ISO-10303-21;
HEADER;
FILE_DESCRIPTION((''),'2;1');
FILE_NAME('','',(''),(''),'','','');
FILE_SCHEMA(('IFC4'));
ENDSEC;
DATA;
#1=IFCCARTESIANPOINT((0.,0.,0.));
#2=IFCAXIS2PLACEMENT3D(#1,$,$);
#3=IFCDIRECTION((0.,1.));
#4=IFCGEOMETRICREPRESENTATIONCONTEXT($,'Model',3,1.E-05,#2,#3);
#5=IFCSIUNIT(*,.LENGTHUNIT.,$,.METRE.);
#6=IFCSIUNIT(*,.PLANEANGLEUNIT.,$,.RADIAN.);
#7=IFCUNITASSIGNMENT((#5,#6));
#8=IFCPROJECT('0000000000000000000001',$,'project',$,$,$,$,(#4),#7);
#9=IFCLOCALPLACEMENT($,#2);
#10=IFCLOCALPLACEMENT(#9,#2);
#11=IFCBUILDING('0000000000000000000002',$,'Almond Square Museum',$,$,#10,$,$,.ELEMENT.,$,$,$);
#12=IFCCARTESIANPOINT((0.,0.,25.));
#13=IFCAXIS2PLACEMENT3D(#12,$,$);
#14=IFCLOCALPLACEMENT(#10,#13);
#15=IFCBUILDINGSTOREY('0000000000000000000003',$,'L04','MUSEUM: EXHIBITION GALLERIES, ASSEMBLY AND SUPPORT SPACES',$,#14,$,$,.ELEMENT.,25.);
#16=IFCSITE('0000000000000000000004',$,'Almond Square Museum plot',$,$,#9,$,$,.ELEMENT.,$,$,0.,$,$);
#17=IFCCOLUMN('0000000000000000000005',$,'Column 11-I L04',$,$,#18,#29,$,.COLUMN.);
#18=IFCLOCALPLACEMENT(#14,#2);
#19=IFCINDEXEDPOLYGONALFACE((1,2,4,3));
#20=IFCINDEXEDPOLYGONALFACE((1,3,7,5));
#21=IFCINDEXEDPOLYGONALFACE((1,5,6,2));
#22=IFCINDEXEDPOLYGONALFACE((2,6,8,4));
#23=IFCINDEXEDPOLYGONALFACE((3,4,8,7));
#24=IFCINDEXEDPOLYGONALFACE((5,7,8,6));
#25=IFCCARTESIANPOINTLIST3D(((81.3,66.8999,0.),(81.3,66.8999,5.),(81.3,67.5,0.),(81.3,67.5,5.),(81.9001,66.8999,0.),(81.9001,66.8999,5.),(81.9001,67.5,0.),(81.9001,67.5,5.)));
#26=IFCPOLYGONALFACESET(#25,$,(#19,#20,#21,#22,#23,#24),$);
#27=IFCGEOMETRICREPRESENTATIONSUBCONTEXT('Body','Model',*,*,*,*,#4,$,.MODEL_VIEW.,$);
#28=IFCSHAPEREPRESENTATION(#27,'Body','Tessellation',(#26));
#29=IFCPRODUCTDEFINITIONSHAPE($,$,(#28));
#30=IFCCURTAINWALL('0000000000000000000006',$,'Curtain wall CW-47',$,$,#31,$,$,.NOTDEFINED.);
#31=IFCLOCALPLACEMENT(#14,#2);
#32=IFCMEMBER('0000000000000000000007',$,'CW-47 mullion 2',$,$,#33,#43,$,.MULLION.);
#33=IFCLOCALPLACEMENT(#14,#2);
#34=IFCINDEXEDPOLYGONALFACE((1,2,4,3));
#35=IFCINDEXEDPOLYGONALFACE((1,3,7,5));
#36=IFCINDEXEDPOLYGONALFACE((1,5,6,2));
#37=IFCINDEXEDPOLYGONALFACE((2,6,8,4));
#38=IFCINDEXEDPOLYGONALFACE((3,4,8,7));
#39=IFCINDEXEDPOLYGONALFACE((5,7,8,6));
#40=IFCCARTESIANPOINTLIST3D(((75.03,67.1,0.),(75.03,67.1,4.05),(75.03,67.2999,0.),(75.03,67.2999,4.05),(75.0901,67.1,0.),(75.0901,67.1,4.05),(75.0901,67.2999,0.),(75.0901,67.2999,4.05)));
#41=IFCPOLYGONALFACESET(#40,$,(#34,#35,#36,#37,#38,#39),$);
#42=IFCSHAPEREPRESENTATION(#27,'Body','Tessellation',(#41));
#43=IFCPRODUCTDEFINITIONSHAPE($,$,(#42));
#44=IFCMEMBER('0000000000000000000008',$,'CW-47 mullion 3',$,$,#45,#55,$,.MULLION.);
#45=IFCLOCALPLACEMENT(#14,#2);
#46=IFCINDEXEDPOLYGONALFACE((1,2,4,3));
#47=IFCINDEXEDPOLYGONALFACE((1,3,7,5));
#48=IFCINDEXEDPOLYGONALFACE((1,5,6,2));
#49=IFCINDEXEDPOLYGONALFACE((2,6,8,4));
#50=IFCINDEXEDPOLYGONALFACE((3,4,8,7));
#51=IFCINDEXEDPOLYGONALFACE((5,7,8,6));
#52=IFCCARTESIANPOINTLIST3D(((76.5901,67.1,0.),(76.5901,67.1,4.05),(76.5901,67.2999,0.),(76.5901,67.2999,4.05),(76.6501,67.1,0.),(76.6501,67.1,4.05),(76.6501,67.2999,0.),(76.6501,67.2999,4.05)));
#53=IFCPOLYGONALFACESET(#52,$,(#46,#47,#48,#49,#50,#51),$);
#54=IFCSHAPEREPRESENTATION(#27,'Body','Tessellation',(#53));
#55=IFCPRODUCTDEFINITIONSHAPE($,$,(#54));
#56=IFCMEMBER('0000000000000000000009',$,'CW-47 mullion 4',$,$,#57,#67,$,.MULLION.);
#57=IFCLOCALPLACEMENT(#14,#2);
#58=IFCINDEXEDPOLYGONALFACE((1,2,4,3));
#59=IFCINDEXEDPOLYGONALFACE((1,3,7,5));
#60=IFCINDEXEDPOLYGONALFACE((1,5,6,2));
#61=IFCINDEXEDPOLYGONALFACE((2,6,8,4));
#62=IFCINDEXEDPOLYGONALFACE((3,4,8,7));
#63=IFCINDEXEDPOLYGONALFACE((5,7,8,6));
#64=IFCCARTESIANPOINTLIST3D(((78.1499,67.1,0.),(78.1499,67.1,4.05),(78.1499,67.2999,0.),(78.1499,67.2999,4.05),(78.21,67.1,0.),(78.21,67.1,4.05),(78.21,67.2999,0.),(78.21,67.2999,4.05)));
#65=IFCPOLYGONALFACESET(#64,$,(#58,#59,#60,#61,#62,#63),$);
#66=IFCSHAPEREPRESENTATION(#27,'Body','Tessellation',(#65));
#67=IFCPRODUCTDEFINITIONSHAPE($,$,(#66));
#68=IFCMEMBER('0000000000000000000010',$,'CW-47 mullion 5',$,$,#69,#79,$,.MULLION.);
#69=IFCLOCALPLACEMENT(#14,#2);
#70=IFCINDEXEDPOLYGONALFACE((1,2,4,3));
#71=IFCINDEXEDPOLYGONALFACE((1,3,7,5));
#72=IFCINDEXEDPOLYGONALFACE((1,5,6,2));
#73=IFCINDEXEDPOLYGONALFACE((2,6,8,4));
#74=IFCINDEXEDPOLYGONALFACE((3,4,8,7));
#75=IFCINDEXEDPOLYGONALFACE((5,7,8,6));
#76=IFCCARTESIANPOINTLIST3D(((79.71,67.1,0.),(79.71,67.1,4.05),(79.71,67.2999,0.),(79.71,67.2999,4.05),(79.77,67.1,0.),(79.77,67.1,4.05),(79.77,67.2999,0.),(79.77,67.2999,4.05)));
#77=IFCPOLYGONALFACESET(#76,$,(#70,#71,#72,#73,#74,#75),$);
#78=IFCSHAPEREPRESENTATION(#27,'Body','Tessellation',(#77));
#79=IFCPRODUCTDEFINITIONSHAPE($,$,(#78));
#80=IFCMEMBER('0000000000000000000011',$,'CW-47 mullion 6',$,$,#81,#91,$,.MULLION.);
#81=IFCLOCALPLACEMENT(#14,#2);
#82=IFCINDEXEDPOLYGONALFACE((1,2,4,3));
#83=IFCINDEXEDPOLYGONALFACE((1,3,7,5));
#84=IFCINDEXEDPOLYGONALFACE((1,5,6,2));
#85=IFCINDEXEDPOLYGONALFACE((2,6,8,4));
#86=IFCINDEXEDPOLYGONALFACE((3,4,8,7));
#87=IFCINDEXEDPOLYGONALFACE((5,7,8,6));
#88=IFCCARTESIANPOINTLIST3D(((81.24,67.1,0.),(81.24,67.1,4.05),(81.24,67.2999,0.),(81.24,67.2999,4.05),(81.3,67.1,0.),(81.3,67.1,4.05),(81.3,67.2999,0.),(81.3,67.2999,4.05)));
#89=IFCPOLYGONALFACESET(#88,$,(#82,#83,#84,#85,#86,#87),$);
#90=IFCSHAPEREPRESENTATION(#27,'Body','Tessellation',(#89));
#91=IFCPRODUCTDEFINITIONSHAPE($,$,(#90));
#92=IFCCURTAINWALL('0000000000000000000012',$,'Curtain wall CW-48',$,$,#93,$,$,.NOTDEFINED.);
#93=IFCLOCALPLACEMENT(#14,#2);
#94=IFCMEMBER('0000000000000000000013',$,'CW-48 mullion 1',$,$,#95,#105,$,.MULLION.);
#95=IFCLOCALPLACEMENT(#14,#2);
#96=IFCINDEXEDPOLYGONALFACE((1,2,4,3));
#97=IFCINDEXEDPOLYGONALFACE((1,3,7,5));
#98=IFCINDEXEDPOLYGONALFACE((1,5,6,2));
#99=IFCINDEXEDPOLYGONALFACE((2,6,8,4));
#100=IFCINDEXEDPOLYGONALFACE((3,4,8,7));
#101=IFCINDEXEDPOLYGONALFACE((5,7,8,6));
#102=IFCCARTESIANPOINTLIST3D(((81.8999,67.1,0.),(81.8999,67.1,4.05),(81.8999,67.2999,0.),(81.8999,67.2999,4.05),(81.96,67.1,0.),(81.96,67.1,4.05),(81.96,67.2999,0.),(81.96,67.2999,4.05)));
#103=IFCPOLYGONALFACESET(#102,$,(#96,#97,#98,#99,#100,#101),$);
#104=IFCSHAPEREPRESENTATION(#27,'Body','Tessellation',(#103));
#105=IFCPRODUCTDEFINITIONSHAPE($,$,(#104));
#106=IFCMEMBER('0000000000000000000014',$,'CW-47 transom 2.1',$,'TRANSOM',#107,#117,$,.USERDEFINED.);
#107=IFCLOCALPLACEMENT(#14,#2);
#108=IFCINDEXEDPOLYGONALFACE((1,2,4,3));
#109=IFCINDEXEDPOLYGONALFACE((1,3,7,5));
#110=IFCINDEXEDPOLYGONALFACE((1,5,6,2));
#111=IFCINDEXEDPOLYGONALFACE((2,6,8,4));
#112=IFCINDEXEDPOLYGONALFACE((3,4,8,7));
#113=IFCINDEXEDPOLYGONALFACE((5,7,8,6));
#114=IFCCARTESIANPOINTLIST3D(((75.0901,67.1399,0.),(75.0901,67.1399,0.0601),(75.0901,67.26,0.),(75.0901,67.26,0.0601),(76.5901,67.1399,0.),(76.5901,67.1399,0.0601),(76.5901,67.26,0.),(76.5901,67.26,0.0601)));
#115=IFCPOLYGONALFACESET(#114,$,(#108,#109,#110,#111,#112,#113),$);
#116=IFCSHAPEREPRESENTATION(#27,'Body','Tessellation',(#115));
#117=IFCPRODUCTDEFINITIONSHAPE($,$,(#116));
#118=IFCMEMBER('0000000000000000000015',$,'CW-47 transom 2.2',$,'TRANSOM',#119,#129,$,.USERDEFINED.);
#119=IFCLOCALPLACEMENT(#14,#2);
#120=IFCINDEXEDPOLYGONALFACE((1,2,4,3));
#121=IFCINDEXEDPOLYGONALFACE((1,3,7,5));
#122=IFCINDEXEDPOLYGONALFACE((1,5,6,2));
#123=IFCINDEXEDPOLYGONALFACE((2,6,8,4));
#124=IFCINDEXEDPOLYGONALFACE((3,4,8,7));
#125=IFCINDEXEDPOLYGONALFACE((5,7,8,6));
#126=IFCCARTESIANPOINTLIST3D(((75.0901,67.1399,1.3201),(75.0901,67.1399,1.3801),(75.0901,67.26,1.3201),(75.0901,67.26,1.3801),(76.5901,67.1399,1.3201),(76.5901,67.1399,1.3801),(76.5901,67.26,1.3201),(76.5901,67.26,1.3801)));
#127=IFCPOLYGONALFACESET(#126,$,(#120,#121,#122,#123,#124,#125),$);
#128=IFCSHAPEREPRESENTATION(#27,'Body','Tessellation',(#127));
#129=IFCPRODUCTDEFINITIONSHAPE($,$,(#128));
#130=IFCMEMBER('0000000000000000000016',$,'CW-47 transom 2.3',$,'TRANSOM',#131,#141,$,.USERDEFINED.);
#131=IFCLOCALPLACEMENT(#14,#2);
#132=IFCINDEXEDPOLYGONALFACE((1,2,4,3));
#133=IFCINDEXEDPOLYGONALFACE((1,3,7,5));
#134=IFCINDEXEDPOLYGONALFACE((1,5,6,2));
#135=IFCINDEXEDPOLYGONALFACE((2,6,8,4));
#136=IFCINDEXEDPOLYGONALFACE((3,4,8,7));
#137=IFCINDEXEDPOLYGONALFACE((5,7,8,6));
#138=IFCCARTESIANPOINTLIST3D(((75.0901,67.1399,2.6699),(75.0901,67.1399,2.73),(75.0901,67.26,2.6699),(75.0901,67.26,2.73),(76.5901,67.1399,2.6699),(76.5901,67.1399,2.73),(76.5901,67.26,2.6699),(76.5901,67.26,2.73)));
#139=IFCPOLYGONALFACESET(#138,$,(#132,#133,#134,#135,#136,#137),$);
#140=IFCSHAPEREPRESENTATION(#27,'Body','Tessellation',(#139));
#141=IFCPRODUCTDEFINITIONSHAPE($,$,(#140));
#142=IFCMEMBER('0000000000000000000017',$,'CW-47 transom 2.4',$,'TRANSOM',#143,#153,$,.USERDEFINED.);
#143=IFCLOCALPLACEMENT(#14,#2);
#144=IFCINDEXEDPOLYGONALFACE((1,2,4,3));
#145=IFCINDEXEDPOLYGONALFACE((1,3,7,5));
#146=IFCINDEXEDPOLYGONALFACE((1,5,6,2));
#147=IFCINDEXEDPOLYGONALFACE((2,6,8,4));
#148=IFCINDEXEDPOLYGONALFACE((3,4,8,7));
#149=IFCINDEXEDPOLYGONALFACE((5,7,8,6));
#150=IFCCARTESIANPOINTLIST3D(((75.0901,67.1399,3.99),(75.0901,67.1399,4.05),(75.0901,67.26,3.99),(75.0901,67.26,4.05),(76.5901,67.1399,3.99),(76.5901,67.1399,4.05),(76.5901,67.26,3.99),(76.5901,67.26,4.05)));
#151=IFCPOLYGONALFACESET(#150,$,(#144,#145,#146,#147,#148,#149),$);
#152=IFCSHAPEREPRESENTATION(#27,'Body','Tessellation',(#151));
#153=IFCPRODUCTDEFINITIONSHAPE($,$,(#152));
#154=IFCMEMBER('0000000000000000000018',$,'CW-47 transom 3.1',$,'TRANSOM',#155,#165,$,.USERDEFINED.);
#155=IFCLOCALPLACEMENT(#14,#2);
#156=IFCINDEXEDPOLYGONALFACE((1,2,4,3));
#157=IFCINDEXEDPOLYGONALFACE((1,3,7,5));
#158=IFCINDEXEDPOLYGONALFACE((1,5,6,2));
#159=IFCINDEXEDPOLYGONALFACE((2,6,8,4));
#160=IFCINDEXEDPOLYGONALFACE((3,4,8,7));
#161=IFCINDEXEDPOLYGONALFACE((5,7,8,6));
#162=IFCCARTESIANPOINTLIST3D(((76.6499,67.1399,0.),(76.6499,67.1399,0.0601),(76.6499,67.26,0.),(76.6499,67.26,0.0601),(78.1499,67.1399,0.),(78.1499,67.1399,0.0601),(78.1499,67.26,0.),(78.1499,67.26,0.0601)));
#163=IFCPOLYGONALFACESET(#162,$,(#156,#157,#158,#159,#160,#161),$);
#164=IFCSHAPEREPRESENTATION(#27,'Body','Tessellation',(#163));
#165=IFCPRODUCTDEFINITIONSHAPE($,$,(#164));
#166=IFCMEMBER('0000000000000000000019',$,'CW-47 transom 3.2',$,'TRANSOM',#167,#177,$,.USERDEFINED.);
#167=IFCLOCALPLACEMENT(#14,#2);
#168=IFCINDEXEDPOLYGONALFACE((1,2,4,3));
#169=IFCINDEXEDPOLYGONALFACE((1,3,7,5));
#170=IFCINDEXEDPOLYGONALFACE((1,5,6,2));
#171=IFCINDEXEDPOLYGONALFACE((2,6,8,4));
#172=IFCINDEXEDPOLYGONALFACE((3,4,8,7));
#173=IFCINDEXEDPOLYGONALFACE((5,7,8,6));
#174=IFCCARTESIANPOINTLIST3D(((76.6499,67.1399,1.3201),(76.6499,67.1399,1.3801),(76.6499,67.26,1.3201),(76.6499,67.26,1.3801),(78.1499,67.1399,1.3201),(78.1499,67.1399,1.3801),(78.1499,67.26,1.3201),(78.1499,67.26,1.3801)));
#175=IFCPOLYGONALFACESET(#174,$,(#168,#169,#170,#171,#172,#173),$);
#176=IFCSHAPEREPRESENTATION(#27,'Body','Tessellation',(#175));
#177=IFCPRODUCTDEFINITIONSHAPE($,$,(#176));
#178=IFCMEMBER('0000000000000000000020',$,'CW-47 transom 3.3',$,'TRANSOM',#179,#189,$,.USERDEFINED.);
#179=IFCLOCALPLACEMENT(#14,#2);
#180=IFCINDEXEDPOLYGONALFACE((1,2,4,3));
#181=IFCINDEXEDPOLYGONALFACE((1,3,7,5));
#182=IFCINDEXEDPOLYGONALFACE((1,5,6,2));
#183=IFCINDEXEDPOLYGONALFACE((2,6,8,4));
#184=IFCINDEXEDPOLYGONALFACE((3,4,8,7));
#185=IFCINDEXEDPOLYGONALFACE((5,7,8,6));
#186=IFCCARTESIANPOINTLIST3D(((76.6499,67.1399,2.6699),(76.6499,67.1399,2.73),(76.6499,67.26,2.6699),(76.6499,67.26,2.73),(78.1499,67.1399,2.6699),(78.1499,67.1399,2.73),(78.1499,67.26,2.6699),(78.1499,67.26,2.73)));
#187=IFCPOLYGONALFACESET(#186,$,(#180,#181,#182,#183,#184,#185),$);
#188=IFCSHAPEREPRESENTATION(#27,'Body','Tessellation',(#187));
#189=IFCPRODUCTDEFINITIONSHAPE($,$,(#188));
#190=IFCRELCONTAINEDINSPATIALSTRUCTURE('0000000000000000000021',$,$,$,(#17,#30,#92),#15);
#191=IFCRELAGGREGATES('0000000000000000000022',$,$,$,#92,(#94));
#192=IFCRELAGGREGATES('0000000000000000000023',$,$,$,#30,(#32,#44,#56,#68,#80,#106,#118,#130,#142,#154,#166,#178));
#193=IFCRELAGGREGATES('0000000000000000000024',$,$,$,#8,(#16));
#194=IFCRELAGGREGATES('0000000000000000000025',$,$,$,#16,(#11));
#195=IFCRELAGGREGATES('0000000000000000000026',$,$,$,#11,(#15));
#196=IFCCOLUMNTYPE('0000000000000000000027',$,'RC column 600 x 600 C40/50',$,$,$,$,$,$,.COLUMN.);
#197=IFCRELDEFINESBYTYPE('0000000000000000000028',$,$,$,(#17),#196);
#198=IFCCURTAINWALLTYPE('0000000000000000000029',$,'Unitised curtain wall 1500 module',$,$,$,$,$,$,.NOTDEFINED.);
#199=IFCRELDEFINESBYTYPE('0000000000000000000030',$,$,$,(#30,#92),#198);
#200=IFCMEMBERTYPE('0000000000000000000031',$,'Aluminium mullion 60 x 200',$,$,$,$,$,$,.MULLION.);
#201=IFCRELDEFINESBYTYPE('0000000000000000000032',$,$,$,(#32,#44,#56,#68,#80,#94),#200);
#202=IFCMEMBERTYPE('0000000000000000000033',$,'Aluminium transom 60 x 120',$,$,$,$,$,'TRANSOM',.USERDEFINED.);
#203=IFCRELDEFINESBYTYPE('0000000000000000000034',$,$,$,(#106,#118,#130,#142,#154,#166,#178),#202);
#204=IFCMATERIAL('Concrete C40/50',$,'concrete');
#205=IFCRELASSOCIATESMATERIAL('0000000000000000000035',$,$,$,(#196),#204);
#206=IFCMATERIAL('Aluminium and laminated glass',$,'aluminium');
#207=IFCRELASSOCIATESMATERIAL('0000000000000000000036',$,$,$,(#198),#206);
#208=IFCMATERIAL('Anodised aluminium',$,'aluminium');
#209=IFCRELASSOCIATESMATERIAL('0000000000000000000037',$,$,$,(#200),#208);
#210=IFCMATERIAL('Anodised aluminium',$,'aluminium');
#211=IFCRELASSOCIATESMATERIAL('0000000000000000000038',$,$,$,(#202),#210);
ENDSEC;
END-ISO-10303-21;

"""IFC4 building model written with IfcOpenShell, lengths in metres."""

from ifc_helpers import new_model, si_unit, direction, frame, origin, origin_2d, place, context, subcontext, project, spatial, rectangle, extrude, material, material_profile, profile_set, type_object, element, aggregate, save


model = new_model("IFC4")

# Units and contexts
model_context = context("Model", 3, precision=1e-05, world=origin(), true_north=direction((0.0, 1.0)))
body_context = subcontext(model_context, "Body", "Model", "MODEL_VIEW")
ifc_project = project(units=[si_unit("LENGTHUNIT", "METRE"), si_unit("PLANEANGLEUNIT", "RADIAN")], contexts=[model_context])

# Site, building, storey
site_placement = place(None, origin())
site = spatial("IfcSite", under=ifc_project, at=site_placement, Name="Almond Square Museum plot", CompositionType="ELEMENT", RefElevation=0.0)
building_placement = place(site_placement, origin())
building = spatial("IfcBuilding", under=site, at=building_placement, Name="Almond Square Museum", CompositionType="ELEMENT")
storey_placement = place(building_placement, frame((0.0, 0.0, 25.0)))
storey = spatial("IfcBuildingStorey", under=building, at=storey_placement, Name="L04", Description="MUSEUM: EXHIBITION GALLERIES, ASSEMBLY AND SUPPORT SPACES", CompositionType="ELEMENT", Elevation=25.0)

# Column
ifc_material_1 = material(Name="Concrete C40/50", Category="concrete")
ifc_material_profile_1 = material_profile(ifc_material_1, rectangle(XDim=0.6001, YDim=0.6001, at=origin_2d()))
ifc_profile_set_1 = profile_set([ifc_material_profile_1], Name="Concrete C40/50")
column_type = type_object("IfcColumnType", Name="RC column 600 x 600 C40/50", PredefinedType="COLUMN", material=ifc_profile_set_1)
column_placement = place(storey_placement, frame((81.6001, 67.2, 0.0), z_axis=(0.0, 0.0, 1.0), x_axis=(1.0, 0.0, 0.0)))
element("IfcColumn", 1, at=column_placement, inside=storey, type_object=column_type, Name="Column 11-I L04", PredefinedType="COLUMN", context=body_context, shape_type="SweptSolid", body=[
    extrude(rectangle(XDim=0.6001, YDim=0.6001, at=origin_2d()), origin(), (0.0, 0.0, 1.0), 5.0),
])

# Curtain wall, members
ifc_material_2 = material(Name="Aluminium and laminated glass", Category="aluminium")
curtain_wall_type = type_object("IfcCurtainWallType", Name="Unitised curtain wall 1500 module", PredefinedType="NOTDEFINED", material=ifc_material_2)
curtain_wall_1_placement = place(storey_placement, origin())
curtain_wall_1 = element("IfcCurtainWall", 2, at=curtain_wall_1_placement, inside=storey, type_object=curtain_wall_type, Name="Curtain wall CW-47", PredefinedType="NOTDEFINED")
ifc_material_3 = material(Name="Anodised aluminium", Category="aluminium")
ifc_material_profile_2 = material_profile(ifc_material_3, rectangle(XDim=0.2, YDim=0.0601, at=origin_2d()))
ifc_profile_set_2 = profile_set([ifc_material_profile_2], Name="Anodised aluminium")
member_type_1 = type_object("IfcMemberType", Name="Aluminium mullion 60 x 200", PredefinedType="MULLION", material=ifc_profile_set_2)
member_1_placement = place(storey_placement, frame((75.0601, 67.2, 0.0), z_axis=(0.0, 0.0, 1.0), x_axis=(0.0, 1.0, 0.0)))
member_1 = element("IfcMember", 3, at=member_1_placement, type_object=member_type_1, Name="CW-47 mullion 2", PredefinedType="MULLION", context=body_context, shape_type="SweptSolid", body=[
    extrude(rectangle(XDim=0.2, YDim=0.0601, at=origin_2d()), origin(), (0.0, 0.0, 1.0), 4.05),
])
member_2_placement = place(storey_placement, frame((76.6201, 67.2, 0.0), z_axis=(0.0, 0.0, 1.0), x_axis=(0.0, 1.0, 0.0)))
member_2 = element("IfcMember", 4, at=member_2_placement, type_object=member_type_1, Name="CW-47 mullion 3", PredefinedType="MULLION", context=body_context, shape_type="SweptSolid", body=[
    extrude(rectangle(XDim=0.2, YDim=0.0601, at=origin_2d()), origin(), (0.0, 0.0, 1.0), 4.05),
])
member_3_placement = place(storey_placement, frame((78.1799, 67.2, 0.0), z_axis=(0.0, 0.0, 1.0), x_axis=(0.0, 1.0, 0.0)))
member_3 = element("IfcMember", 5, at=member_3_placement, type_object=member_type_1, Name="CW-47 mullion 4", PredefinedType="MULLION", context=body_context, shape_type="SweptSolid", body=[
    extrude(rectangle(XDim=0.2, YDim=0.0601, at=origin_2d()), origin(), (0.0, 0.0, 1.0), 4.05),
])
member_4_placement = place(storey_placement, frame((79.74, 67.2, 0.0), z_axis=(0.0, 0.0, 1.0), x_axis=(0.0, 1.0, 0.0)))
member_4 = element("IfcMember", 6, at=member_4_placement, type_object=member_type_1, Name="CW-47 mullion 5", PredefinedType="MULLION", context=body_context, shape_type="SweptSolid", body=[
    extrude(rectangle(XDim=0.2, YDim=0.0601, at=origin_2d()), origin(), (0.0, 0.0, 1.0), 4.05),
])
member_5_placement = place(storey_placement, frame((81.27, 67.2, 0.0), z_axis=(0.0, 0.0, 1.0), x_axis=(0.0, 1.0, 0.0)))
member_5 = element("IfcMember", 7, at=member_5_placement, type_object=member_type_1, Name="CW-47 mullion 6", PredefinedType="MULLION", context=body_context, shape_type="SweptSolid", body=[
    extrude(rectangle(XDim=0.2, YDim=0.0601, at=origin_2d()), origin(), (0.0, 0.0, 1.0), 4.05),
])

# Curtain wall, member
curtain_wall_2_placement = place(storey_placement, origin())
curtain_wall_2 = element("IfcCurtainWall", 8, at=curtain_wall_2_placement, inside=storey, type_object=curtain_wall_type, Name="Curtain wall CW-48", PredefinedType="NOTDEFINED")
member_6_placement = place(storey_placement, frame((81.9299, 67.2, 0.0), z_axis=(0.0, 0.0, 1.0), x_axis=(0.0, 1.0, 0.0)))
member_6 = element("IfcMember", 9, at=member_6_placement, type_object=member_type_1, Name="CW-48 mullion 1", PredefinedType="MULLION", context=body_context, shape_type="SweptSolid", body=[
    extrude(rectangle(XDim=0.2, YDim=0.0601, at=origin_2d()), origin(), (0.0, 0.0, 1.0), 4.05),
])
aggregate(curtain_wall_2, [member_6])

# Members
ifc_material_4 = material(Name="Anodised aluminium", Category="aluminium")
ifc_material_profile_3 = material_profile(ifc_material_4, rectangle(XDim=0.1201, YDim=0.0601, at=origin_2d()))
ifc_profile_set_3 = profile_set([ifc_material_profile_3], Name="Anodised aluminium")
member_type_2 = type_object("IfcMemberType", Name="Aluminium transom 60 x 120", ElementType="TRANSOM", PredefinedType="USERDEFINED", material=ifc_profile_set_3)
member_7_placement = place(storey_placement, frame((75.0901, 67.2, 0.03), z_axis=(1.0, 0.0, 0.0), x_axis=(0.0, 1.0, 0.0)))
member_7 = element("IfcMember", 10, at=member_7_placement, type_object=member_type_2, Name="CW-47 transom 2.1", ObjectType="TRANSOM", PredefinedType="USERDEFINED", context=body_context, shape_type="SweptSolid", body=[
    extrude(rectangle(XDim=0.1201, YDim=0.0601, at=origin_2d()), origin(), (0.0, 0.0, 1.0), 1.5),
])
member_8_placement = place(storey_placement, frame((75.0901, 67.2, 1.3501), z_axis=(1.0, 0.0, 0.0), x_axis=(0.0, 1.0, 0.0)))
member_8 = element("IfcMember", 11, at=member_8_placement, type_object=member_type_2, Name="CW-47 transom 2.2", ObjectType="TRANSOM", PredefinedType="USERDEFINED", context=body_context, shape_type="SweptSolid", body=[
    extrude(rectangle(XDim=0.1201, YDim=0.0601, at=origin_2d()), origin(), (0.0, 0.0, 1.0), 1.5),
])
member_9_placement = place(storey_placement, frame((75.0901, 67.2, 2.7), z_axis=(1.0, 0.0, 0.0), x_axis=(0.0, 1.0, 0.0)))
member_9 = element("IfcMember", 12, at=member_9_placement, type_object=member_type_2, Name="CW-47 transom 2.3", ObjectType="TRANSOM", PredefinedType="USERDEFINED", context=body_context, shape_type="SweptSolid", body=[
    extrude(rectangle(XDim=0.1201, YDim=0.0601, at=origin_2d()), origin(), (0.0, 0.0, 1.0), 1.5),
])
member_10_placement = place(storey_placement, frame((75.0901, 67.2, 4.02), z_axis=(1.0, 0.0, 0.0), x_axis=(0.0, 1.0, 0.0)))
member_10 = element("IfcMember", 13, at=member_10_placement, type_object=member_type_2, Name="CW-47 transom 2.4", ObjectType="TRANSOM", PredefinedType="USERDEFINED", context=body_context, shape_type="SweptSolid", body=[
    extrude(rectangle(XDim=0.1201, YDim=0.0601, at=origin_2d()), origin(), (0.0, 0.0, 1.0), 1.5),
])
member_11_placement = place(storey_placement, frame((76.6499, 67.2, 0.03), z_axis=(1.0, 0.0, 0.0), x_axis=(0.0, 1.0, 0.0)))
member_11 = element("IfcMember", 14, at=member_11_placement, type_object=member_type_2, Name="CW-47 transom 3.1", ObjectType="TRANSOM", PredefinedType="USERDEFINED", context=body_context, shape_type="SweptSolid", body=[
    extrude(rectangle(XDim=0.1201, YDim=0.0601, at=origin_2d()), origin(), (0.0, 0.0, 1.0), 1.5),
])
member_12_placement = place(storey_placement, frame((76.6499, 67.2, 1.3501), z_axis=(1.0, 0.0, 0.0), x_axis=(0.0, 1.0, 0.0)))
member_12 = element("IfcMember", 15, at=member_12_placement, type_object=member_type_2, Name="CW-47 transom 3.2", ObjectType="TRANSOM", PredefinedType="USERDEFINED", context=body_context, shape_type="SweptSolid", body=[
    extrude(rectangle(XDim=0.1201, YDim=0.0601, at=origin_2d()), origin(), (0.0, 0.0, 1.0), 1.5),
])
member_13_placement = place(storey_placement, frame((76.6499, 67.2, 2.7), z_axis=(1.0, 0.0, 0.0), x_axis=(0.0, 1.0, 0.0)))
member_13 = element("IfcMember", 16, at=member_13_placement, type_object=member_type_2, Name="CW-47 transom 3.3", ObjectType="TRANSOM", PredefinedType="USERDEFINED", context=body_context, shape_type="SweptSolid", body=[
    extrude(rectangle(XDim=0.1201, YDim=0.0601, at=origin_2d()), origin(), (0.0, 0.0, 1.0), 1.5),
])

aggregate(curtain_wall_1, [member_1, member_2, member_3, member_4, member_5, member_7, member_8, member_9, member_10, member_11, member_12, member_13])

save(model, "model.ifc")
